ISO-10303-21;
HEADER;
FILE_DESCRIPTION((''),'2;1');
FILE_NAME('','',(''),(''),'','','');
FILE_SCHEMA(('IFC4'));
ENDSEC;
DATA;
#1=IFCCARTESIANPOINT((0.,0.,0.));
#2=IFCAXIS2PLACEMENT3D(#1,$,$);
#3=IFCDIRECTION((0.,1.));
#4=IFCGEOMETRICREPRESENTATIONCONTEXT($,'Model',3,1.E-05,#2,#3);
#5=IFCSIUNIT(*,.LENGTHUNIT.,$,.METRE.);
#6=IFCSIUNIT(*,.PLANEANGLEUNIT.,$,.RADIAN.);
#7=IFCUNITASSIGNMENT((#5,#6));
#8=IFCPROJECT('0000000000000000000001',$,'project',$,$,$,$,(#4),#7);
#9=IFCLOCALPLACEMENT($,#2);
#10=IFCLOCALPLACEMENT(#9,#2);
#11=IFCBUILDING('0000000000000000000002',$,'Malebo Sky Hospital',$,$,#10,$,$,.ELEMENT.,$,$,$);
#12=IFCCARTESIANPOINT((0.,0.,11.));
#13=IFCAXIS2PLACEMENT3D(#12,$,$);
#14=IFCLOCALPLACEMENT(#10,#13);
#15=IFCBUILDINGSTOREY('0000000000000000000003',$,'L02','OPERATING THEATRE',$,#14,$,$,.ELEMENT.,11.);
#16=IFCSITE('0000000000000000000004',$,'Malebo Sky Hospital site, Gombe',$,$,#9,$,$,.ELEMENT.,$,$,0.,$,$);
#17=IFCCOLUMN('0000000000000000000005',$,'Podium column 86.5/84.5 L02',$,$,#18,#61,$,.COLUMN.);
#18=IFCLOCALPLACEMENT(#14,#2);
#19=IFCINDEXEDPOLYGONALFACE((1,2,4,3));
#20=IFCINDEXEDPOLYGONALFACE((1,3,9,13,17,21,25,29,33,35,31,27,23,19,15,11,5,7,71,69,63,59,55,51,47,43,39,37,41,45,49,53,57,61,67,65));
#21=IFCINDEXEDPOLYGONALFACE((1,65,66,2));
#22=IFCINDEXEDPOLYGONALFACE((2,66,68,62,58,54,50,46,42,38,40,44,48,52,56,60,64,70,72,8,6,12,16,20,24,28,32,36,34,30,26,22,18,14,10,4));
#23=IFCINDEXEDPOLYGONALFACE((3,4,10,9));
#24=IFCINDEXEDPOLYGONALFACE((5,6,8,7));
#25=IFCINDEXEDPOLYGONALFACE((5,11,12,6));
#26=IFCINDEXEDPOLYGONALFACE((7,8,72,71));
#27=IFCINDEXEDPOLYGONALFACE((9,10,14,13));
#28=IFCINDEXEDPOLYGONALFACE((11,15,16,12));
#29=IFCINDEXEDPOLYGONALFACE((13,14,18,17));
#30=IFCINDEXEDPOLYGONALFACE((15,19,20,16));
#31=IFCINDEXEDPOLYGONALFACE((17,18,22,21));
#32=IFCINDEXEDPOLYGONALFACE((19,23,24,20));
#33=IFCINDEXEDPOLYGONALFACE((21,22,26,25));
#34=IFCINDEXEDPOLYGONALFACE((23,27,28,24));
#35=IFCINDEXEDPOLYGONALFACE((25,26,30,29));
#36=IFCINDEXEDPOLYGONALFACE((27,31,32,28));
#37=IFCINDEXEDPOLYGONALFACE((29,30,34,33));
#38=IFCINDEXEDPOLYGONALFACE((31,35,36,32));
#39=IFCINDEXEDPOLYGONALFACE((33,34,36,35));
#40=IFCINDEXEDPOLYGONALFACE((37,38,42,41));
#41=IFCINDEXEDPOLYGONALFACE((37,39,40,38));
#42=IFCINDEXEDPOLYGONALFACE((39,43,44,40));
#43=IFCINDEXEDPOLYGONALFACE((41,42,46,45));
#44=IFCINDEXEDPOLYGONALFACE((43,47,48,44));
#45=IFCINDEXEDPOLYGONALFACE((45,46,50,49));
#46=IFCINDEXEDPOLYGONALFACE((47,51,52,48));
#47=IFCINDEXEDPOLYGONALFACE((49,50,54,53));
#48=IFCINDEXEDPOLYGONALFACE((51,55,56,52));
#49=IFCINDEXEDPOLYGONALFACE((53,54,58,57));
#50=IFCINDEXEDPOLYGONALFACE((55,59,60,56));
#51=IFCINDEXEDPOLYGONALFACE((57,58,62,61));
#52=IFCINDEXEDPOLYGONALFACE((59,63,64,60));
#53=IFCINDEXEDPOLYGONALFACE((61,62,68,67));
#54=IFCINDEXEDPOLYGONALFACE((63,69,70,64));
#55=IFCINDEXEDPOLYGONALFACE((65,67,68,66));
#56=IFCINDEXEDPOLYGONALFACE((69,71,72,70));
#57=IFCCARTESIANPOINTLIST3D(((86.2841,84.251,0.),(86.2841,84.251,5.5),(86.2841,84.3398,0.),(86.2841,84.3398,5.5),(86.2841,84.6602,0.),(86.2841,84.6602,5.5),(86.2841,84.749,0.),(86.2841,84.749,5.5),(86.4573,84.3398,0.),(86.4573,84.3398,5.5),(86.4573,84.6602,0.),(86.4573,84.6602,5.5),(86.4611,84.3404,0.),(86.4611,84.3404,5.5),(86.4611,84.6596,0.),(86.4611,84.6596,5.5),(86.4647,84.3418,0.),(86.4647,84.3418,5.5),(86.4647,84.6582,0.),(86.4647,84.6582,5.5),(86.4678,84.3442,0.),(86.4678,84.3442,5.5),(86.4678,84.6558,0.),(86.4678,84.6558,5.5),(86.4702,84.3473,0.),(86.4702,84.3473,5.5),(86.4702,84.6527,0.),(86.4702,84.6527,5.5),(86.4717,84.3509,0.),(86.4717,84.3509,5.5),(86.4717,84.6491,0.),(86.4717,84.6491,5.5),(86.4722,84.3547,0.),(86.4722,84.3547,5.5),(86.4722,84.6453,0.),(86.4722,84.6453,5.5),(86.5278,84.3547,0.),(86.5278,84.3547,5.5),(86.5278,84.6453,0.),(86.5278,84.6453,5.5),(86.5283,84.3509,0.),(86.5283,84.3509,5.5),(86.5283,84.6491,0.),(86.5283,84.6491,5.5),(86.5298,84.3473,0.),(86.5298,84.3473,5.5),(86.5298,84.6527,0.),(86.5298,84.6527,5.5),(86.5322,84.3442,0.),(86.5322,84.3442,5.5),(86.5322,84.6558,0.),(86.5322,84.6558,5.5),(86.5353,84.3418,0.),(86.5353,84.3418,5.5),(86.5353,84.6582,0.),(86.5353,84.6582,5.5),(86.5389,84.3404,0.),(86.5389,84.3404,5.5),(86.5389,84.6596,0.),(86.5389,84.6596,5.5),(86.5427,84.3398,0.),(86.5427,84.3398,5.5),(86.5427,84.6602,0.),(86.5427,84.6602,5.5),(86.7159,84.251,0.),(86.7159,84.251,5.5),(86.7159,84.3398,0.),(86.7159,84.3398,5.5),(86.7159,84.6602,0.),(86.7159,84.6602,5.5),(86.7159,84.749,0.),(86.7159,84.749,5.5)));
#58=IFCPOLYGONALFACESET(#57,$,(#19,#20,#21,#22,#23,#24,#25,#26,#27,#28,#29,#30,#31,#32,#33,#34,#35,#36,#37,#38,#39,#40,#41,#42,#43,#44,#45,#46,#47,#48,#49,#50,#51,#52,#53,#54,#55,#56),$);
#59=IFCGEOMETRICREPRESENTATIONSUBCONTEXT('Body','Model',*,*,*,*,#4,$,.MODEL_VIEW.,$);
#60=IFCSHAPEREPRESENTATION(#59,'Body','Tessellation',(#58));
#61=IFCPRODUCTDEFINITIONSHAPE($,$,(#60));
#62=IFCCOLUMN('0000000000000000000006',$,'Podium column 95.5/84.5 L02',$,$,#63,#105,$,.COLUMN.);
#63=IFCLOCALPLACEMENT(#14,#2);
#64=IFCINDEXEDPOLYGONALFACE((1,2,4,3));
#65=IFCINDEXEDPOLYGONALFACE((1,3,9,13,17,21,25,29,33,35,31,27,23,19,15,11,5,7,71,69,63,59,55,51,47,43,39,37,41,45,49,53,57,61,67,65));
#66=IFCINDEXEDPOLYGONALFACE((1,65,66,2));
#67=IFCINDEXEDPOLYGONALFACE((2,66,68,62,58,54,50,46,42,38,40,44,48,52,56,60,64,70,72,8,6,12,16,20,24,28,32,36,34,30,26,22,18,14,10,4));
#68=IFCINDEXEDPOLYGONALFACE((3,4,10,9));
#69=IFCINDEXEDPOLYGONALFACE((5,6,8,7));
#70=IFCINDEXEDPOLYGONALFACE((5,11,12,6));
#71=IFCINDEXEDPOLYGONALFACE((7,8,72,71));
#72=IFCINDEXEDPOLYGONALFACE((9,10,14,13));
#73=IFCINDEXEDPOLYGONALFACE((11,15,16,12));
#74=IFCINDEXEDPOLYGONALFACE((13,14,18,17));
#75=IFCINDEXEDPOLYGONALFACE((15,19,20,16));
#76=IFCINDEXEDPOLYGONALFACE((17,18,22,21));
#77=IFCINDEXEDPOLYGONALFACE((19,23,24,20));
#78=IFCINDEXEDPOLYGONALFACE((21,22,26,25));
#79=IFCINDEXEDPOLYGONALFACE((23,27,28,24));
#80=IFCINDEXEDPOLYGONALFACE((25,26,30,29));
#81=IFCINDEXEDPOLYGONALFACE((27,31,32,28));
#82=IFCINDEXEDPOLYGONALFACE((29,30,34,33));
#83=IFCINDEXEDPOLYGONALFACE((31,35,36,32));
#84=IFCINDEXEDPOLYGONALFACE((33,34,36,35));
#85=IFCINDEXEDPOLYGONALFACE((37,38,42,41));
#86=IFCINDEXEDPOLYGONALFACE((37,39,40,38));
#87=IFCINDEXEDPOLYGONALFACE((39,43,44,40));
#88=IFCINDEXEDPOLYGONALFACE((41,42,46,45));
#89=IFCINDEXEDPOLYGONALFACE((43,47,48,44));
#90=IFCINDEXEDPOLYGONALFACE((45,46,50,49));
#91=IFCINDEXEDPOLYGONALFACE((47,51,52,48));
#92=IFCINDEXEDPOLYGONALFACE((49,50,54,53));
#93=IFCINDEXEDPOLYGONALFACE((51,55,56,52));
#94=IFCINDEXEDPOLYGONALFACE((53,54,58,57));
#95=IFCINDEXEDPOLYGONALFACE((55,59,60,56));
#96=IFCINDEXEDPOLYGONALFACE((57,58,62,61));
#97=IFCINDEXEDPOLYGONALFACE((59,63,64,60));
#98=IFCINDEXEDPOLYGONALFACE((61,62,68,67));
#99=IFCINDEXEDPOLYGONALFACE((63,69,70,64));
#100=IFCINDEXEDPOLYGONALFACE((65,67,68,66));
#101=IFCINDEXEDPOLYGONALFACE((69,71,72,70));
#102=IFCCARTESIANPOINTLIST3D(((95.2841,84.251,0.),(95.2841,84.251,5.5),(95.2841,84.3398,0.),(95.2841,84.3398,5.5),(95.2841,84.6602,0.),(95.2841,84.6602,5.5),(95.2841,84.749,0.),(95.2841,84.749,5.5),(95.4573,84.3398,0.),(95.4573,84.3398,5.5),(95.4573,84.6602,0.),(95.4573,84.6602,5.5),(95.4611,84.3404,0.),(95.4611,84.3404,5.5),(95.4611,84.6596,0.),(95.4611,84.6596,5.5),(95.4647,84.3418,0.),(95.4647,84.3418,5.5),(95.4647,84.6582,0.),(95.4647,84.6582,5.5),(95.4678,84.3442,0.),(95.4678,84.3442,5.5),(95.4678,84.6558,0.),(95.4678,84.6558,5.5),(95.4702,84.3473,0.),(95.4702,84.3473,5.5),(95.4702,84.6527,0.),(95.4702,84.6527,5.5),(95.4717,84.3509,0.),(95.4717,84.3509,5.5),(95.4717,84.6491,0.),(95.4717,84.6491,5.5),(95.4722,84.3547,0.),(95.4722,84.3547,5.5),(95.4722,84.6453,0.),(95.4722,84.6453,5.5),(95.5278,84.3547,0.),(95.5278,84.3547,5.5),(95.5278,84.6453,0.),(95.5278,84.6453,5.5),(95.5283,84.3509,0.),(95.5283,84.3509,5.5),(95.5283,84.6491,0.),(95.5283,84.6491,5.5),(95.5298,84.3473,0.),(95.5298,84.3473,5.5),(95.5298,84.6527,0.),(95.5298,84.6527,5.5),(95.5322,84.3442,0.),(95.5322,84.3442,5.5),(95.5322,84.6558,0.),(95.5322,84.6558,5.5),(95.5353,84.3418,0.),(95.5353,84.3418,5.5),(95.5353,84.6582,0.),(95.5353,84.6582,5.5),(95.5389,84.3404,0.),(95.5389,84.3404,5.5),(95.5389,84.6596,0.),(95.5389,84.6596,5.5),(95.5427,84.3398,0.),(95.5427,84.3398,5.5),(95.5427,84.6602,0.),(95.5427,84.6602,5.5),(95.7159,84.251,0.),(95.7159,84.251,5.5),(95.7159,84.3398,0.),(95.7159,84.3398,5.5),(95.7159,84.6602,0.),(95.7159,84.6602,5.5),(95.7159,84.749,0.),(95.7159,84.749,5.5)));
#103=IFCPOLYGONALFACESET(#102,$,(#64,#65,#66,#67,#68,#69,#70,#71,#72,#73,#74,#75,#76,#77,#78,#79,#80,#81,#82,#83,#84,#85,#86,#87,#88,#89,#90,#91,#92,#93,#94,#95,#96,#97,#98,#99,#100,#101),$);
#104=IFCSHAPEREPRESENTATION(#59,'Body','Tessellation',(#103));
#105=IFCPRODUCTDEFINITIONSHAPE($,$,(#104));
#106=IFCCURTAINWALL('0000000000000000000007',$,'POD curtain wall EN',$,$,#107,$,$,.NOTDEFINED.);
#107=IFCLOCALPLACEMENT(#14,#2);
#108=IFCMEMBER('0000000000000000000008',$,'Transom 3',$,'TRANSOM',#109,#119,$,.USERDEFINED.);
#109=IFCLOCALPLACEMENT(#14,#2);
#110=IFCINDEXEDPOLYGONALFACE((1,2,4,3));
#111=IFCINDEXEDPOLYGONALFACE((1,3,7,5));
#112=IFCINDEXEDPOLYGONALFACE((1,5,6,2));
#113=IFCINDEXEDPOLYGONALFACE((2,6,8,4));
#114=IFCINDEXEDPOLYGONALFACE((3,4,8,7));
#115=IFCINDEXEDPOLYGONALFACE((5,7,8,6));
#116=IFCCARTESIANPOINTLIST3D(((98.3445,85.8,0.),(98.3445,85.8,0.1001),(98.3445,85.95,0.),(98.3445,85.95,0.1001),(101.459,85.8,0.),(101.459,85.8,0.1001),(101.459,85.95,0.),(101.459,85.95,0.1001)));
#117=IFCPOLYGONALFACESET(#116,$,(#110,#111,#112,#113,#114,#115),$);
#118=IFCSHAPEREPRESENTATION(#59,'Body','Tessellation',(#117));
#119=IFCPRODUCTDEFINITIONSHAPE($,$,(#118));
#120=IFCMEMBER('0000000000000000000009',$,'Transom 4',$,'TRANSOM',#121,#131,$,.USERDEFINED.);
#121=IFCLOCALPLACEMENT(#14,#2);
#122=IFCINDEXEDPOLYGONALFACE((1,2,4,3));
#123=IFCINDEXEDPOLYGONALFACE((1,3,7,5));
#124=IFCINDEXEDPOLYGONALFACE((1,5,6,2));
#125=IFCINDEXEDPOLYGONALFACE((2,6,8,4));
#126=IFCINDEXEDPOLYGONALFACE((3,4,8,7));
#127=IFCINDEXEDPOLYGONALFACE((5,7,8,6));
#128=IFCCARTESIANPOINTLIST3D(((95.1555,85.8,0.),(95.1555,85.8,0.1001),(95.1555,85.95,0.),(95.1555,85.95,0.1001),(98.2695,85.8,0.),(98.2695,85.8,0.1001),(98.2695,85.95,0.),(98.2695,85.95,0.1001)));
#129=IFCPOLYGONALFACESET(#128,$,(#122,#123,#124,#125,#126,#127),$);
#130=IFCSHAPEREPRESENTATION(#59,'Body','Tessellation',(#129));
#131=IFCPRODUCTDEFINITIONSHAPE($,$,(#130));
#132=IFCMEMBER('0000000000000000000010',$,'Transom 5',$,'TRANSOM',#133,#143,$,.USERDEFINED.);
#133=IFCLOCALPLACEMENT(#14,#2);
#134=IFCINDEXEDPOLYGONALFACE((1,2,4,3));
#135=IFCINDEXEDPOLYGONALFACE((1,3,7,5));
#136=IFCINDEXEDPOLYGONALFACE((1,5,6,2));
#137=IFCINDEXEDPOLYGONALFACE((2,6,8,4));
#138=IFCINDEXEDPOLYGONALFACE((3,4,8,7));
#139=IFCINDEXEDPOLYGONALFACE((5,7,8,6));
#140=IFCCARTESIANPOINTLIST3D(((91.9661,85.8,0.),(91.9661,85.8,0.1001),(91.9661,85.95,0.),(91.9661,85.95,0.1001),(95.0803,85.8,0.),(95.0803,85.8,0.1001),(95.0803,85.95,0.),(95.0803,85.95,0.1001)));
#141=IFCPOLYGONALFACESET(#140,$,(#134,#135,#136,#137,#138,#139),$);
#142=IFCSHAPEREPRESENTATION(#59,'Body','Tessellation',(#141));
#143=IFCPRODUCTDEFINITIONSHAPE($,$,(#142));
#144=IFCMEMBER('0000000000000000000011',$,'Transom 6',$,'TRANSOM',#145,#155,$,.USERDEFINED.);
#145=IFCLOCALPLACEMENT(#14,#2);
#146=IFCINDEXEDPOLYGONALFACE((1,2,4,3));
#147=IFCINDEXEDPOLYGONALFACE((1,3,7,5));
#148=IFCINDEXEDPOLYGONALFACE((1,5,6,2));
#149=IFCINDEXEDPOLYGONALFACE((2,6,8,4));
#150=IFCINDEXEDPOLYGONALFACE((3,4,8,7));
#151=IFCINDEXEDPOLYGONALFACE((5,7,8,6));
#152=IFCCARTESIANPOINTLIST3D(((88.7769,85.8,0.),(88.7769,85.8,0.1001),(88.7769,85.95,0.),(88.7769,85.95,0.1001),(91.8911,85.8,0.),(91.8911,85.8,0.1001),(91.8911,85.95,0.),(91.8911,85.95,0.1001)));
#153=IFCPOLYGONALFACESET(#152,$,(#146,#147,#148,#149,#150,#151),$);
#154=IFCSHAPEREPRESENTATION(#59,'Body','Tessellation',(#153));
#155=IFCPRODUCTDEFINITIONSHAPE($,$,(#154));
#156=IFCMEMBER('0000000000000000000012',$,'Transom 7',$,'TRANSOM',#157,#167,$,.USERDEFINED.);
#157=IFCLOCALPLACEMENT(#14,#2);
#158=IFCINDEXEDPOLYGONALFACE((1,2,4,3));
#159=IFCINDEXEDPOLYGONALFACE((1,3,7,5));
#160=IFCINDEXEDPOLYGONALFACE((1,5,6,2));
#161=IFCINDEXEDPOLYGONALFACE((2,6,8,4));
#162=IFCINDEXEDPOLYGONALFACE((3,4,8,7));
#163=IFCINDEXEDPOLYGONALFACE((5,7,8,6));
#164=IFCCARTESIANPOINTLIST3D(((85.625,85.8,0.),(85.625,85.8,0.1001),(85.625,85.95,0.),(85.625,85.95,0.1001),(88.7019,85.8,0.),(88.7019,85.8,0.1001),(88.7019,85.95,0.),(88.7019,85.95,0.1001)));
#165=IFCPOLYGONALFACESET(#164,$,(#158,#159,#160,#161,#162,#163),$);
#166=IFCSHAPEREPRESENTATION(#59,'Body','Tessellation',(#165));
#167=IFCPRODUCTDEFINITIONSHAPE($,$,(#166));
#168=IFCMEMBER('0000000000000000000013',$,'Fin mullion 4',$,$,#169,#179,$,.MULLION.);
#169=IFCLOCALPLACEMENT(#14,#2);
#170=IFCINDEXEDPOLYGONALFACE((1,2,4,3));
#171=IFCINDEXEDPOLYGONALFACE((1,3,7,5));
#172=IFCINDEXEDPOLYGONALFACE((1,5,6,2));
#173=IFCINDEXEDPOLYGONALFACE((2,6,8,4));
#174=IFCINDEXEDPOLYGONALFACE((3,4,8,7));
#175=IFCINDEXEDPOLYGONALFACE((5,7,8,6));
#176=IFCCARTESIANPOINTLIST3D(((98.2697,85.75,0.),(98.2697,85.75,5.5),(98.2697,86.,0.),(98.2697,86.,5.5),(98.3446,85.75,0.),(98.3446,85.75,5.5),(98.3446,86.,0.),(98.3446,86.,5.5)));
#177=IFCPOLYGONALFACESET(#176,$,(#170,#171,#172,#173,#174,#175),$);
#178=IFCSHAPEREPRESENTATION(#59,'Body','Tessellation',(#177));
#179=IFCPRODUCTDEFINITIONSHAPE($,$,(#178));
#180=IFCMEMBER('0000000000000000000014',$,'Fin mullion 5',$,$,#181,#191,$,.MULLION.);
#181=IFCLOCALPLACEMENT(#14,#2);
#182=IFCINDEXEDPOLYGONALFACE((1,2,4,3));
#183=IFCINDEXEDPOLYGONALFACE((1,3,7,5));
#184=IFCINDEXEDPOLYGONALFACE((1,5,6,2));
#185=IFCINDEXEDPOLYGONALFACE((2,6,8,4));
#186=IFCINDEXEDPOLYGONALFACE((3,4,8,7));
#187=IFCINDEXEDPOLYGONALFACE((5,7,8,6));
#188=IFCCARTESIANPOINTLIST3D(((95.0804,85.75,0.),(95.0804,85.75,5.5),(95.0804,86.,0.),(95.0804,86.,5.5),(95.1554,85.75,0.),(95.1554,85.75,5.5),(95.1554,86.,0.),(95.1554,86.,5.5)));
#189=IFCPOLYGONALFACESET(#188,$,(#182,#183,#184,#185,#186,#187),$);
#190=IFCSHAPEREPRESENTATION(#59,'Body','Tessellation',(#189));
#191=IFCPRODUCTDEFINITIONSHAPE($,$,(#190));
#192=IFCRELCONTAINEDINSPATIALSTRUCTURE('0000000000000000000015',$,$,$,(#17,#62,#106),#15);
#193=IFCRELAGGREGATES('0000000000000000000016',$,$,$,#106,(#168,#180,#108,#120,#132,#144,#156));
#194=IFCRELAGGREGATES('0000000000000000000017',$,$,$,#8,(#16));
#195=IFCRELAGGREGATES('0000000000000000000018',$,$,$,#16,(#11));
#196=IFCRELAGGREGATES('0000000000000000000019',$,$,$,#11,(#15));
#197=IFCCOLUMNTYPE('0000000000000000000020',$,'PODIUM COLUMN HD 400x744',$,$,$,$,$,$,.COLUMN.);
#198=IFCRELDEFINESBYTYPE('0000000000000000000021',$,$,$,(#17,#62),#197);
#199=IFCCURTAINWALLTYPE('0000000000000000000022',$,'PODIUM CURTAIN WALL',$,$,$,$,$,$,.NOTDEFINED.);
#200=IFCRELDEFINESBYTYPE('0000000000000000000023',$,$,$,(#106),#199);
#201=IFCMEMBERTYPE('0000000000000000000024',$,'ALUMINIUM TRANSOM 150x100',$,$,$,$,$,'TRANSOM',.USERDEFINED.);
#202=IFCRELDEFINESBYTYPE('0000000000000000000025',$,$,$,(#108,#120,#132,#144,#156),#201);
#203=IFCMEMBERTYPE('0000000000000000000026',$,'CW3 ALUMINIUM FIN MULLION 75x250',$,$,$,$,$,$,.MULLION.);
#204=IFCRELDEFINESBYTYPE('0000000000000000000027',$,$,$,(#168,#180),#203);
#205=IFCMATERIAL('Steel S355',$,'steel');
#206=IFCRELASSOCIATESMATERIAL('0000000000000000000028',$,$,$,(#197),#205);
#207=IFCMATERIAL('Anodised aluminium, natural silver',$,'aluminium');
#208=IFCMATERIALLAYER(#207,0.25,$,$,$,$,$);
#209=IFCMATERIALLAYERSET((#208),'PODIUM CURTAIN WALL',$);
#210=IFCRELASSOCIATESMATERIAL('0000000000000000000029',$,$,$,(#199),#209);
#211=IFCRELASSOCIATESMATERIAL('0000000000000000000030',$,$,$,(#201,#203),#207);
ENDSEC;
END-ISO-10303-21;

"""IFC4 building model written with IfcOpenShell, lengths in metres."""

from ifc_helpers import new_model, si_unit, direction, frame, origin, origin_2d, place, context, subcontext, project, spatial, rectangle, i_section, extrude, material, layer, layer_set, material_profile, profile_set, type_object, element, aggregate, save


model = new_model("IFC4")

# Units and contexts
model_context = context("Model", 3, precision=1e-05, world=origin(), true_north=direction((0.0, 1.0)))
body_context = subcontext(model_context, "Body", "Model", "MODEL_VIEW")
ifc_project = project(units=[si_unit("LENGTHUNIT", "METRE"), si_unit("PLANEANGLEUNIT", "RADIAN")], contexts=[model_context])

# Site, building, storey
site_placement = place(None, origin())
site = spatial("IfcSite", under=ifc_project, at=site_placement, Name="Malebo Sky Hospital site, Gombe", CompositionType="ELEMENT", RefElevation=0.0)
building_placement = place(site_placement, origin())
building = spatial("IfcBuilding", under=site, at=building_placement, Name="Malebo Sky Hospital", CompositionType="ELEMENT")
storey_placement = place(building_placement, frame((0.0, 0.0, 11.0)))
storey = spatial("IfcBuildingStorey", under=building, at=storey_placement, Name="L02", Description="OPERATING THEATRE", CompositionType="ELEMENT", Elevation=11.0)

# Columns
ifc_material_1 = material(Name="Steel S355", Category="steel")
ifc_material_profile_1 = material_profile(ifc_material_1, i_section(OverallWidth=0.4319, OverallDepth=0.498, WebThickness=0.0557, FlangeThickness=0.0889, FilletRadius=0.0149, at=origin_2d()), Name="HD 400x744")
ifc_profile_set_1 = profile_set([ifc_material_profile_1], Name="Steel S355")
column_type = type_object("IfcColumnType", Name="PODIUM COLUMN HD 400x744", PredefinedType="COLUMN", material=ifc_profile_set_1)
for number, where, z_axis, x_axis, name in (
    (1, (86.5, 84.5, 0.0), (0.0, 0.0, 1.0), (1.0, 0.0, 0.0), "Podium column 86.5/84.5 L02"),
    (2, (95.5, 84.5, 0.0), (0.0, 0.0, 1.0), (1.0, 0.0, 0.0), "Podium column 95.5/84.5 L02"),
):
    element("IfcColumn", number, at=place(storey_placement, frame(where, z_axis=z_axis, x_axis=x_axis)), inside=storey, type_object=column_type, Name=name, PredefinedType="COLUMN", context=body_context, shape_type="SweptSolid", body=[
        extrude(i_section(OverallWidth=0.4319, OverallDepth=0.498, WebThickness=0.0557, FlangeThickness=0.0889, FilletRadius=0.0149, at=origin_2d()), origin(), (0.0, 0.0, 1.0), 5.5),
    ])

# Curtain wall, members
ifc_material_2 = material(Name="Anodised aluminium, natural silver", Category="aluminium")
ifc_layer_1 = layer(ifc_material_2, 0.25)
ifc_layer_set_1 = layer_set([ifc_layer_1], Name="PODIUM CURTAIN WALL")
curtain_wall_type = type_object("IfcCurtainWallType", Name="PODIUM CURTAIN WALL", PredefinedType="NOTDEFINED", material=ifc_layer_set_1)
curtain_wall_placement = place(storey_placement, origin())
curtain_wall = element("IfcCurtainWall", 3, at=curtain_wall_placement, inside=storey, type_object=curtain_wall_type, Name="POD curtain wall EN", PredefinedType="NOTDEFINED")
ifc_material_profile_2 = material_profile(ifc_material_2, rectangle(XDim=0.1499, YDim=0.1001, at=origin_2d()), Name="ALUMINIUM TRANSOM 150x100")
ifc_profile_set_2 = profile_set([ifc_material_profile_2], Name="Anodised aluminium, natural silver")
member_type_1 = type_object("IfcMemberType", Name="ALUMINIUM TRANSOM 150x100", ElementType="TRANSOM", PredefinedType="USERDEFINED", material=ifc_profile_set_2)
member_1_placement = place(storey_placement, frame((101.459, 85.875, 0.05), z_axis=(-1.0, 0.0, 0.0), x_axis=(0.0, -1.0, 0.0)))
member_1 = element("IfcMember", 4, at=member_1_placement, type_object=member_type_1, Name="Transom 3", ObjectType="TRANSOM", PredefinedType="USERDEFINED", context=body_context, shape_type="SweptSolid", body=[
    extrude(rectangle(XDim=0.1499, YDim=0.1001, at=origin_2d()), origin(), (0.0, 0.0, 1.0), 3.1145),
])
member_2_placement = place(storey_placement, frame((98.2695, 85.875, 0.05), z_axis=(-1.0, 0.0, 0.0), x_axis=(0.0, -1.0, 0.0)))
member_2 = element("IfcMember", 5, at=member_2_placement, type_object=member_type_1, Name="Transom 4", ObjectType="TRANSOM", PredefinedType="USERDEFINED", context=body_context, shape_type="SweptSolid", body=[
    extrude(rectangle(XDim=0.1499, YDim=0.1001, at=origin_2d()), origin(), (0.0, 0.0, 1.0), 3.114),
])
member_3_placement = place(storey_placement, frame((95.0803, 85.875, 0.05), z_axis=(-1.0, 0.0, 0.0), x_axis=(0.0, -1.0, 0.0)))
member_3 = element("IfcMember", 6, at=member_3_placement, type_object=member_type_1, Name="Transom 5", ObjectType="TRANSOM", PredefinedType="USERDEFINED", context=body_context, shape_type="SweptSolid", body=[
    extrude(rectangle(XDim=0.1499, YDim=0.1001, at=origin_2d()), origin(), (0.0, 0.0, 1.0), 3.1143),
])
member_4_placement = place(storey_placement, frame((91.8911, 85.875, 0.05), z_axis=(-1.0, 0.0, 0.0), x_axis=(0.0, -1.0, 0.0)))
member_4 = element("IfcMember", 7, at=member_4_placement, type_object=member_type_1, Name="Transom 6", ObjectType="TRANSOM", PredefinedType="USERDEFINED", context=body_context, shape_type="SweptSolid", body=[
    extrude(rectangle(XDim=0.1499, YDim=0.1001, at=origin_2d()), origin(), (0.0, 0.0, 1.0), 3.1143),
])
member_5_placement = place(storey_placement, frame((88.7019, 85.875, 0.05), z_axis=(-1.0, 0.0, 0.0), x_axis=(0.0, -1.0, 0.0)))
member_5 = element("IfcMember", 8, at=member_5_placement, type_object=member_type_1, Name="Transom 7", ObjectType="TRANSOM", PredefinedType="USERDEFINED", context=body_context, shape_type="SweptSolid", body=[
    extrude(rectangle(XDim=0.1499, YDim=0.1001, at=origin_2d()), origin(), (0.0, 0.0, 1.0), 3.0769),
])
ifc_material_profile_3 = material_profile(ifc_material_2, rectangle(XDim=0.075, YDim=0.25, at=origin_2d()), Name="CW3 ALUMINIUM FIN MULLION 75x250")
ifc_profile_set_3 = profile_set([ifc_material_profile_3], Name="Anodised aluminium, natural silver")
member_type_2 = type_object("IfcMemberType", Name="CW3 ALUMINIUM FIN MULLION 75x250", PredefinedType="MULLION", material=ifc_profile_set_3)
member_6_placement = place(storey_placement, frame((98.3071, 85.875, 0.0), z_axis=(0.0, 0.0, 1.0), x_axis=(-1.0, 0.0, 0.0)))
member_6 = element("IfcMember", 9, at=member_6_placement, type_object=member_type_2, Name="Fin mullion 4", PredefinedType="MULLION", context=body_context, shape_type="SweptSolid", body=[
    extrude(rectangle(XDim=0.075, YDim=0.25, at=origin_2d()), origin(), (0.0, 0.0, 1.0), 5.5),
])
member_7_placement = place(storey_placement, frame((95.1179, 85.875, 0.0), z_axis=(0.0, 0.0, 1.0), x_axis=(-1.0, 0.0, 0.0)))
member_7 = element("IfcMember", 10, at=member_7_placement, type_object=member_type_2, Name="Fin mullion 5", PredefinedType="MULLION", context=body_context, shape_type="SweptSolid", body=[
    extrude(rectangle(XDim=0.075, YDim=0.25, at=origin_2d()), origin(), (0.0, 0.0, 1.0), 5.5),
])

aggregate(curtain_wall, [member_6, member_7, member_1, member_2, member_3, member_4, member_5])

save(model, "model.ifc")
